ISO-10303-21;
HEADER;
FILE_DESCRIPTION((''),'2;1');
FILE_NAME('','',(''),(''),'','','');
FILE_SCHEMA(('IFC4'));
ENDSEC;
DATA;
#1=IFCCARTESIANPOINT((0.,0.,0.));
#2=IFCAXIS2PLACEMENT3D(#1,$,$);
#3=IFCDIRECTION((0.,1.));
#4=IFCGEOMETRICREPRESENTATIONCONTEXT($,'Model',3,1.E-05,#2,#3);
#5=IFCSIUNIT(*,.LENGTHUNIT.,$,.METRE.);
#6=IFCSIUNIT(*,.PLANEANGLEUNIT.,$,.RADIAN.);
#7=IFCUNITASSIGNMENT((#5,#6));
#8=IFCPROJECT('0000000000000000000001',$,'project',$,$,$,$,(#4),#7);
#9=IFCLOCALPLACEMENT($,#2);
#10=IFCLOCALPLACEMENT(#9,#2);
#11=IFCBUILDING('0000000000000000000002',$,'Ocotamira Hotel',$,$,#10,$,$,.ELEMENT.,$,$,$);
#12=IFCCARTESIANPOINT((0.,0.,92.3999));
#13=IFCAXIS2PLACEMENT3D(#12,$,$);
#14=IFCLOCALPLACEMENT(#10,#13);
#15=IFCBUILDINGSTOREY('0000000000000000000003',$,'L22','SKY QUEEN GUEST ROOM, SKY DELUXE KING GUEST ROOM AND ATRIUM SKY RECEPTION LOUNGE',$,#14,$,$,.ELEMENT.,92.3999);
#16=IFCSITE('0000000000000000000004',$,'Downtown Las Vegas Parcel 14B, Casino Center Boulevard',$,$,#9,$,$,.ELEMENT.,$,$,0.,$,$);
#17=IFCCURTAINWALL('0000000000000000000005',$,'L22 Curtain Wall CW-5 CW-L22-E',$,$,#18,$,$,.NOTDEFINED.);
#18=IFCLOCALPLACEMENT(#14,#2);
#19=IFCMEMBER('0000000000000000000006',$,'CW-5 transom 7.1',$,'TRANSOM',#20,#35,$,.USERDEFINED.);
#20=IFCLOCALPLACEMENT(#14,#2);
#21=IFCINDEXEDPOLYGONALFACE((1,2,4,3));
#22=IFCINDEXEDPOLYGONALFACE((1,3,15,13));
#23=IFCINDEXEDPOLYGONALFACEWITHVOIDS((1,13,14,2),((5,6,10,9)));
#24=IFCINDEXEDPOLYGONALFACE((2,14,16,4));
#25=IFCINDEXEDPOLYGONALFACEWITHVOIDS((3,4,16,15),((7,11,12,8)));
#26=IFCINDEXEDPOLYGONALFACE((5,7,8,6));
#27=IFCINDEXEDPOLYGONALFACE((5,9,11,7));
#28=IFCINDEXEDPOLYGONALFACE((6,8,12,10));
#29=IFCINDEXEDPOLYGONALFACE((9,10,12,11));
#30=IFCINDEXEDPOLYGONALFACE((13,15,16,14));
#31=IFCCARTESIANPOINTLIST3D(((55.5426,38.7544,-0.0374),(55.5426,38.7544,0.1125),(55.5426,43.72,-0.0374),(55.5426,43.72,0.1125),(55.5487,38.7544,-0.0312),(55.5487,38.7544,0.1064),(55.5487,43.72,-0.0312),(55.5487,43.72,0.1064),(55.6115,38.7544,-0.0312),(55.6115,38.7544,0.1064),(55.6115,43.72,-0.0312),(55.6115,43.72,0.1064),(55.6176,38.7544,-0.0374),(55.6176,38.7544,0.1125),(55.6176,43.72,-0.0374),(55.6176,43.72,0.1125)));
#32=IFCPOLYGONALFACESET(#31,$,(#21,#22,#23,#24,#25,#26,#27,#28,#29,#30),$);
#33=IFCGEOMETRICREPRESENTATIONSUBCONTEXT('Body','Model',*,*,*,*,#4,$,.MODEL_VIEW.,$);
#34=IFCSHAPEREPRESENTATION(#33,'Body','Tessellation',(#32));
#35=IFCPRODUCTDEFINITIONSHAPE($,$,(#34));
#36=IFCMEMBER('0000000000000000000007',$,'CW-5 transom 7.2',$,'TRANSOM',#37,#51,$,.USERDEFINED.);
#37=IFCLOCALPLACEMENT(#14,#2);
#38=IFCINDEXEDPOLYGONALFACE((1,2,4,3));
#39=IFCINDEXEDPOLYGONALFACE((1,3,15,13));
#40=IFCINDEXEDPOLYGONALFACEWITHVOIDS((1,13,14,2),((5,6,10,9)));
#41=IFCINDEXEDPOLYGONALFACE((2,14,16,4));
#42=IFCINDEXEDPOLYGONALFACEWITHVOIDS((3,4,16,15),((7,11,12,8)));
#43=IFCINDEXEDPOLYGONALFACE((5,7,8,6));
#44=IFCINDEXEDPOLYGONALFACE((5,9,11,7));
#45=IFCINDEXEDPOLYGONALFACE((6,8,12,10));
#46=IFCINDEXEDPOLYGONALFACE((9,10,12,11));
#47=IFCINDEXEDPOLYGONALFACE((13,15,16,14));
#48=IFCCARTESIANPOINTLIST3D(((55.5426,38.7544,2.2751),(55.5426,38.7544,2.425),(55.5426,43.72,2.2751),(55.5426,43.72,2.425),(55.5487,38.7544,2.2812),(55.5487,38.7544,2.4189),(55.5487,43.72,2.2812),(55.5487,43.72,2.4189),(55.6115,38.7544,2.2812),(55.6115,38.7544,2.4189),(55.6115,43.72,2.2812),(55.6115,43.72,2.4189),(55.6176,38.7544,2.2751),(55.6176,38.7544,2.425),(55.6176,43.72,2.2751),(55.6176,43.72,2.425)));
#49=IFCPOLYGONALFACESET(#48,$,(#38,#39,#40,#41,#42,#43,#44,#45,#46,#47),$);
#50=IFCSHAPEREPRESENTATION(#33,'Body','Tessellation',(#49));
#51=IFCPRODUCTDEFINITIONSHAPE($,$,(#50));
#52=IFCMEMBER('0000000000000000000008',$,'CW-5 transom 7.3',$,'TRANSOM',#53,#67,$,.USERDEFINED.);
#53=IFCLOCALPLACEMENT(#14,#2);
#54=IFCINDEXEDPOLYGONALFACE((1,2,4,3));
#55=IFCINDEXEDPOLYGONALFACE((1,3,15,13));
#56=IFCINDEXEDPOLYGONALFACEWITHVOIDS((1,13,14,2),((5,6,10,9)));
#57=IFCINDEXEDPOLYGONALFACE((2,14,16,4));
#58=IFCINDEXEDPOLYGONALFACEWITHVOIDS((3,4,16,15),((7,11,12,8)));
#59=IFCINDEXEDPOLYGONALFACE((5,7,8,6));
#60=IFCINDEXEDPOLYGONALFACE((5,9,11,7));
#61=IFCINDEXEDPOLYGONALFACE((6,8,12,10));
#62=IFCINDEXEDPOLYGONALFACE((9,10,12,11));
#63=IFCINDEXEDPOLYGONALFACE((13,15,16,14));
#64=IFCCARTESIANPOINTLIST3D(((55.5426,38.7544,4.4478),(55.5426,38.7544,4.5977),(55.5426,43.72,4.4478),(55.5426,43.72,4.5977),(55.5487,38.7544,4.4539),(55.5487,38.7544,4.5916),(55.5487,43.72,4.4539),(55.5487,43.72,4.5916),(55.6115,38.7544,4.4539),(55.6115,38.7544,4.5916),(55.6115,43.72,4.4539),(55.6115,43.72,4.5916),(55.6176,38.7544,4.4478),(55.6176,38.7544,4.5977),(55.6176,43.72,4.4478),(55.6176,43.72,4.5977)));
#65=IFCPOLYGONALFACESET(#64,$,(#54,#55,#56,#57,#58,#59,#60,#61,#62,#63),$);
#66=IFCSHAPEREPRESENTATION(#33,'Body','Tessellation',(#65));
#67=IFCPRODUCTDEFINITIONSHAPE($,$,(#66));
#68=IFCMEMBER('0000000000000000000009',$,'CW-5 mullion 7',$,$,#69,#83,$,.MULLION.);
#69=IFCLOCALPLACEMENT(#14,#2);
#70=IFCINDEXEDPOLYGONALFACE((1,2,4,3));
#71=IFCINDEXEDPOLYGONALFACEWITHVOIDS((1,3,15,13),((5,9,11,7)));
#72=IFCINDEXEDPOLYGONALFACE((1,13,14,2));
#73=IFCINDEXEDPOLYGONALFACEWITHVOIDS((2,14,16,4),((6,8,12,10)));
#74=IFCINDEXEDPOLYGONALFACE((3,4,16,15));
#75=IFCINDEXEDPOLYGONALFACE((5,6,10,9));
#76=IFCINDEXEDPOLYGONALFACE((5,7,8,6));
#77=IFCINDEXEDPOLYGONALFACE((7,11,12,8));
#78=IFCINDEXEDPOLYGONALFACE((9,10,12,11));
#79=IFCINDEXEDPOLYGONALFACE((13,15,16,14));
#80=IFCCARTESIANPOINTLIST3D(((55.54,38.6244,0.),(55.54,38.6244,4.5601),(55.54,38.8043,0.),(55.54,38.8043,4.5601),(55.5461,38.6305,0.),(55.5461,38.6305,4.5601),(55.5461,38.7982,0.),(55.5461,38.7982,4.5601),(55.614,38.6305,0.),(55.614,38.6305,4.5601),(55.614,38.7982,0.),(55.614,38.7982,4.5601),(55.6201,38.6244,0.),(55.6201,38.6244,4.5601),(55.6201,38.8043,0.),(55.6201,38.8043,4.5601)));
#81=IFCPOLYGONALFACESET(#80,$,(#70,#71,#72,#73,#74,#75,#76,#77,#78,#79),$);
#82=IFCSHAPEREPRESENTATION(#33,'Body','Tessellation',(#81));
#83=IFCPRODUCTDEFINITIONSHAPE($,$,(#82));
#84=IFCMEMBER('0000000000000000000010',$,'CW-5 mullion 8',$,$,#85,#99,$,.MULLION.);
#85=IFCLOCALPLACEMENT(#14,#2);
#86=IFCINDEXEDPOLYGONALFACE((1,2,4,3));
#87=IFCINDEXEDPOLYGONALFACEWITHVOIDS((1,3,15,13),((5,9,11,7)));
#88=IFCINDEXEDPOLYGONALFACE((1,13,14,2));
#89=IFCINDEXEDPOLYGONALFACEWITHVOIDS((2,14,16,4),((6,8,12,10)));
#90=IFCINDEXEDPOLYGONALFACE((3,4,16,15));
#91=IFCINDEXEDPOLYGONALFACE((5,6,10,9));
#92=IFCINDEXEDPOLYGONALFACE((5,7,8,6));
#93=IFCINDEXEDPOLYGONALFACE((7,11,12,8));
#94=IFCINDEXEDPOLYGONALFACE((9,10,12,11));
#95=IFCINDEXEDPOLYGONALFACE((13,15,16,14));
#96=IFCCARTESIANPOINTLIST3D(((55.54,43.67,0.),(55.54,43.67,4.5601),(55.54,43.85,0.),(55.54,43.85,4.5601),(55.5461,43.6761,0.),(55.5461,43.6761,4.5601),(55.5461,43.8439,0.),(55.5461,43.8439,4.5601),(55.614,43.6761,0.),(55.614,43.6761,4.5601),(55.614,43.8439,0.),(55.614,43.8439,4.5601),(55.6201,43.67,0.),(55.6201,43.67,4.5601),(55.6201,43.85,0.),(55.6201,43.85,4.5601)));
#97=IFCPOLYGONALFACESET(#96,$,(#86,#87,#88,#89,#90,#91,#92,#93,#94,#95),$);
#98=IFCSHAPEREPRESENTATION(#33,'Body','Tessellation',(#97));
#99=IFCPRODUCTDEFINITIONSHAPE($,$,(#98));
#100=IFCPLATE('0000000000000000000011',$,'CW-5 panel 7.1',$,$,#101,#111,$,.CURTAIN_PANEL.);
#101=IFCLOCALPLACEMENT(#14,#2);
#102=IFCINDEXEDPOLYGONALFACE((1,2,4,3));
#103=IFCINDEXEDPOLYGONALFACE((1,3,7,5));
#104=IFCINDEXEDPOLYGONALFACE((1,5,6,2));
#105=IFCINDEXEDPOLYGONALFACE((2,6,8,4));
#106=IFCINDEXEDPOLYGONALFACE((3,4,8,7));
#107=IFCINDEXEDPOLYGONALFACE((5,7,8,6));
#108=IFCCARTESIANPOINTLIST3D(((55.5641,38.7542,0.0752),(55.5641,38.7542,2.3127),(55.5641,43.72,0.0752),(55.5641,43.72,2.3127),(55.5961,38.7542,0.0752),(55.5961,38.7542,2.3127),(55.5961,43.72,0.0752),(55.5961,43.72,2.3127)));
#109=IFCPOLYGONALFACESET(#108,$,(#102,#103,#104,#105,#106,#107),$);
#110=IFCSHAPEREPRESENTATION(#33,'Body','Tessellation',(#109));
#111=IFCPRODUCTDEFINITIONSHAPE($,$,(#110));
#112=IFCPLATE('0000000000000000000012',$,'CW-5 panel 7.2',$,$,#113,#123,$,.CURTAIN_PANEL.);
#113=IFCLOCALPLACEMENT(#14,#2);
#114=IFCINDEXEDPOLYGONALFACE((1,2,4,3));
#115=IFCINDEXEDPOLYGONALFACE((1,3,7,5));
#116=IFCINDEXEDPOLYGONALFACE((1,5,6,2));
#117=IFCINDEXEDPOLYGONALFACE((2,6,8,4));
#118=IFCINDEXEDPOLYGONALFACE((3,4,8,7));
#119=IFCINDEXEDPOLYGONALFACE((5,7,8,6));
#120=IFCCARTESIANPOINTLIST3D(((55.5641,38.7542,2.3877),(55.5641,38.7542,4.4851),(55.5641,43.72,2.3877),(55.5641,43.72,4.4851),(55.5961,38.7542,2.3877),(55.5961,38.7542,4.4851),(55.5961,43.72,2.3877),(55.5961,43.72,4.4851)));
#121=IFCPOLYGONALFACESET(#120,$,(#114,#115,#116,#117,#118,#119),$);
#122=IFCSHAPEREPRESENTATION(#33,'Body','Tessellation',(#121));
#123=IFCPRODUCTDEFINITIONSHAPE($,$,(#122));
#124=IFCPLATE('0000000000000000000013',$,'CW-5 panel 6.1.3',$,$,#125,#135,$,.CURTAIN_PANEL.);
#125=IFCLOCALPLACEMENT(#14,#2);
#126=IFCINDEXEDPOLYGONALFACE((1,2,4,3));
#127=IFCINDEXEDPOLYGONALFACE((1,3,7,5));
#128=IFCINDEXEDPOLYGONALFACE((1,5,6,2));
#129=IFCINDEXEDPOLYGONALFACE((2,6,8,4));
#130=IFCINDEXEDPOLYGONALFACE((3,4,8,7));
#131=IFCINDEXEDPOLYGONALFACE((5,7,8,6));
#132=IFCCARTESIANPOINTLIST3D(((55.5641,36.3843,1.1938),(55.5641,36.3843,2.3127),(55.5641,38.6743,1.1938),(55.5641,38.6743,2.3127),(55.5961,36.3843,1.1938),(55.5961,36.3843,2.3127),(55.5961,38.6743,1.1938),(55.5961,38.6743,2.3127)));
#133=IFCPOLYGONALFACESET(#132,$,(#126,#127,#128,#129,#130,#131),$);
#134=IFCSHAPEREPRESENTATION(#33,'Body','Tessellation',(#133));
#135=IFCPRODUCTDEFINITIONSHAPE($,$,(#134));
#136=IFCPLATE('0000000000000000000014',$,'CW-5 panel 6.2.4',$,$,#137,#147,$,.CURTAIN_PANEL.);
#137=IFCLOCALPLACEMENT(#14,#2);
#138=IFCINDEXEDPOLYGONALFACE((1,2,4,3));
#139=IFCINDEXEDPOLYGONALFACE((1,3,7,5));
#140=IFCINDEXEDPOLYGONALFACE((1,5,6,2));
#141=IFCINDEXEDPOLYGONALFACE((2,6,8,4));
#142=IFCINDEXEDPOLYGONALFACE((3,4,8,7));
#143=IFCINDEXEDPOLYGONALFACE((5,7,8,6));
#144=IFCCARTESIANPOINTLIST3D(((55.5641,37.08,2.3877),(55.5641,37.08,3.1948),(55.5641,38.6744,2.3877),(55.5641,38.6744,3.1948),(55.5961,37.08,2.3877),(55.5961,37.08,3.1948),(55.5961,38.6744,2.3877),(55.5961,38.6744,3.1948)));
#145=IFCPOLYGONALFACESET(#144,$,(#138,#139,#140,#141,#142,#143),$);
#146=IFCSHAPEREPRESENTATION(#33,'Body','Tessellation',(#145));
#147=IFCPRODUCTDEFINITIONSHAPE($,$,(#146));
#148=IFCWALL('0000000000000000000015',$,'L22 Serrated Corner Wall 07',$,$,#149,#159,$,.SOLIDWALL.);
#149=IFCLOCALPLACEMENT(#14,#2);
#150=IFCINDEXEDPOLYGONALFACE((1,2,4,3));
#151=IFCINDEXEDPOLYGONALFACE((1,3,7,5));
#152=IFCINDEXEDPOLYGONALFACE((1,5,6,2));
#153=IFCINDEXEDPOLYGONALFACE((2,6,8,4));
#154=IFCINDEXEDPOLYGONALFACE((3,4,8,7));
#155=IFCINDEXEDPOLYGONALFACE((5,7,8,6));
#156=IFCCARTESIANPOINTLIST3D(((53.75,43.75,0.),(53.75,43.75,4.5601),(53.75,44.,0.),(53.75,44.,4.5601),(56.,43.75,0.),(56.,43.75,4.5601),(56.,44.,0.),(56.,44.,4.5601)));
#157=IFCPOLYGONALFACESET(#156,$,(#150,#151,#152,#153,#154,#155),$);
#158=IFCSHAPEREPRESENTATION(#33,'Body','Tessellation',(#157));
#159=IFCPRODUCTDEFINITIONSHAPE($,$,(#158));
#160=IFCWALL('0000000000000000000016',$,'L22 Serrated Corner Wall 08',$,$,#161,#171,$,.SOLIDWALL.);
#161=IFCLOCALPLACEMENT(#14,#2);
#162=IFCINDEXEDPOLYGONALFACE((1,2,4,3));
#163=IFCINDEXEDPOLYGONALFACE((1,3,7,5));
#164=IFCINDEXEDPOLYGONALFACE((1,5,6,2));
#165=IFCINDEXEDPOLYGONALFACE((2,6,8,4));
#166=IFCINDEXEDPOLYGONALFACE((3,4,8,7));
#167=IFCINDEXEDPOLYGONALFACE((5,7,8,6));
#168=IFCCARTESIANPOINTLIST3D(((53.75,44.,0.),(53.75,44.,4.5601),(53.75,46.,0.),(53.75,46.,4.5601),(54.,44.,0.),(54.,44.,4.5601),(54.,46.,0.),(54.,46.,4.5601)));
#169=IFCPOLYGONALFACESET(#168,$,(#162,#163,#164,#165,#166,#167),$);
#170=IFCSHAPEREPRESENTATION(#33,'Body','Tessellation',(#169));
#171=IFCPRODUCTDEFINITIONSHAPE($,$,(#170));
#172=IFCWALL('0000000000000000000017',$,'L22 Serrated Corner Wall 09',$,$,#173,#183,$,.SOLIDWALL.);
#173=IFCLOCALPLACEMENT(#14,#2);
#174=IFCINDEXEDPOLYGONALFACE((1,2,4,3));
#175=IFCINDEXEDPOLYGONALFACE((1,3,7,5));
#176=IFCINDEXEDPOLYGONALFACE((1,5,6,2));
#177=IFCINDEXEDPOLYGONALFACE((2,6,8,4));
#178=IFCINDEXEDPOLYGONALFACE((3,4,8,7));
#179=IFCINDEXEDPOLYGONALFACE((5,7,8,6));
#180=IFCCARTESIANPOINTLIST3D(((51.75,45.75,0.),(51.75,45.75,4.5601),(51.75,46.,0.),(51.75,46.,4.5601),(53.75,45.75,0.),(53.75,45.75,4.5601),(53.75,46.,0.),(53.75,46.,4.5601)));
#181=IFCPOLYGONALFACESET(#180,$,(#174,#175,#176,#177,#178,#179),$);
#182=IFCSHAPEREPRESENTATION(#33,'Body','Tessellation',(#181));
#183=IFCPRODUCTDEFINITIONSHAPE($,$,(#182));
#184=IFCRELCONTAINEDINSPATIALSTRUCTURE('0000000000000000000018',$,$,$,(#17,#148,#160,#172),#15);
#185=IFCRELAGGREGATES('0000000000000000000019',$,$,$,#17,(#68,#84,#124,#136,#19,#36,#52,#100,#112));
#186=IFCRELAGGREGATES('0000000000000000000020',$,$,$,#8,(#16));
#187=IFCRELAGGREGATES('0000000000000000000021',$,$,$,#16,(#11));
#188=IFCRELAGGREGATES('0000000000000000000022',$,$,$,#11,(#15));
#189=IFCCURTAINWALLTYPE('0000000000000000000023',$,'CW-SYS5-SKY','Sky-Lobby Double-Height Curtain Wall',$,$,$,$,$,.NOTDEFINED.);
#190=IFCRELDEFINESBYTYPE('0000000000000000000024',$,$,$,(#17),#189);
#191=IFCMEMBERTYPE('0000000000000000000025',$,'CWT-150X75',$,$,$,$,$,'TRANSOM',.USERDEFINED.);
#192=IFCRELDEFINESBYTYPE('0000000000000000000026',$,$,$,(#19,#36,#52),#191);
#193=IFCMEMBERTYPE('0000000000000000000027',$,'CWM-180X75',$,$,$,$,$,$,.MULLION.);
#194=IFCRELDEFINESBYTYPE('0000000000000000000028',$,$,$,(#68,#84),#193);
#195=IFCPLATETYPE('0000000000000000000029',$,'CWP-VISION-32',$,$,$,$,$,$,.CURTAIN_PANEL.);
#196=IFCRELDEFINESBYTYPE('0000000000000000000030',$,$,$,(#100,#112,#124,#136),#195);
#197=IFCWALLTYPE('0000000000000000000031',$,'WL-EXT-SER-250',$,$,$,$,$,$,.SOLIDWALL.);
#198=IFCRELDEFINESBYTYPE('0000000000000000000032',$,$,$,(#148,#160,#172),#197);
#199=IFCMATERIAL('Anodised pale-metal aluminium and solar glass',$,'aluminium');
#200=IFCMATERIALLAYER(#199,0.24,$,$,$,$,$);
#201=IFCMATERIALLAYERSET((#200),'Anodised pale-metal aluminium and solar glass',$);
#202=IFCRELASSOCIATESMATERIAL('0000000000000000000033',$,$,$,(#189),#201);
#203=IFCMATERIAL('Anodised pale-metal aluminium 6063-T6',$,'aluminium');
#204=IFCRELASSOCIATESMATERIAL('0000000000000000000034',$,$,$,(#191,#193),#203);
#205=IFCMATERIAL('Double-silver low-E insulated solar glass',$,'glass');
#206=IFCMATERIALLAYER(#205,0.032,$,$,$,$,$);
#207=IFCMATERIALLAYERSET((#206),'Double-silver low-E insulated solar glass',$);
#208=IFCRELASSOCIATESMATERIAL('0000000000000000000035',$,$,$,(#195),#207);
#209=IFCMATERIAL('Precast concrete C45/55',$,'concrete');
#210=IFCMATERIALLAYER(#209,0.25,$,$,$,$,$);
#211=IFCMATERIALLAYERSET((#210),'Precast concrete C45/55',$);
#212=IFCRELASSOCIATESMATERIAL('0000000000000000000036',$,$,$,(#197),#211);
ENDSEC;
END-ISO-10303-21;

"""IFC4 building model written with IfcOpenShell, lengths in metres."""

from ifc_helpers import new_model, si_unit, direction, frame, frame_2d, origin, origin_2d, place, context, subcontext, project, spatial, rectangle, hollow_rectangle, extrude, source, transform, mapped, material, layer, layer_set, material_profile, profile_set, type_object, element, aggregate, save


model = new_model("IFC4")

# Units and contexts
model_context = context("Model", 3, precision=1e-05, world=origin(), true_north=direction((0.0, 1.0)))
body_context = subcontext(model_context, "Body", "Model", "MODEL_VIEW")
ifc_project = project(units=[si_unit("LENGTHUNIT", "METRE"), si_unit("PLANEANGLEUNIT", "RADIAN")], contexts=[model_context])

# Site, building, storey
site_placement = place(None, origin())
site = spatial("IfcSite", under=ifc_project, at=site_placement, Name="Downtown Las Vegas Parcel 14B, Casino Center Boulevard", CompositionType="ELEMENT", RefElevation=0.0)
building_placement = place(site_placement, origin())
building = spatial("IfcBuilding", under=site, at=building_placement, Name="Ocotamira Hotel", CompositionType="ELEMENT")
storey_placement = place(building_placement, frame((0.0, 0.0, 92.3999)))
storey = spatial("IfcBuildingStorey", under=building, at=storey_placement, Name="L22", Description="SKY QUEEN GUEST ROOM, SKY DELUXE KING GUEST ROOM AND ATRIUM SKY RECEPTION LOUNGE", CompositionType="ELEMENT", Elevation=92.3999)

# Curtain wall, members, plates
ifc_material_1 = material(Name="Anodised pale-metal aluminium and solar glass", Category="aluminium")
ifc_layer_1 = layer(ifc_material_1, 0.24)
ifc_layer_set_1 = layer_set([ifc_layer_1], Name="Anodised pale-metal aluminium and solar glass")
curtain_wall_type = type_object("IfcCurtainWallType", Name="CW-SYS5-SKY", Description="Sky-Lobby Double-Height Curtain Wall", PredefinedType="NOTDEFINED", material=ifc_layer_set_1)
curtain_wall_placement = place(storey_placement, origin())
curtain_wall = element("IfcCurtainWall", 1, at=curtain_wall_placement, inside=storey, type_object=curtain_wall_type, Name="L22 Curtain Wall CW-5 CW-L22-E", PredefinedType="NOTDEFINED")
ifc_material_2 = material(Name="Anodised pale-metal aluminium 6063-T6", Category="aluminium")
ifc_material_profile_1 = material_profile(ifc_material_2, hollow_rectangle(XDim=0.075, YDim=0.1499, WallThickness=0.0061, at=origin_2d()), Name="HSS150X75X6")
ifc_profile_set_1 = profile_set([ifc_material_profile_1], Name="Anodised pale-metal aluminium 6063-T6")
member_type_1 = type_object("IfcMemberType", Name="CWT-150X75", ElementType="TRANSOM", PredefinedType="USERDEFINED", material=ifc_profile_set_1)
shared_shape_1 = source(origin(), body_context, "Body", "SweptSolid", [
    extrude(hollow_rectangle(XDim=0.075, YDim=0.1499, WallThickness=0.0061, at=origin_2d()), origin(), (0.0, 0.0, 1.0), 4.9656),
])
member_1_placement = place(storey_placement, frame((55.5801, 38.7544, 0.0376), z_axis=(0.0, 1.0, 0.0), x_axis=(-1.0, 0.0, 0.0)))
member_1 = element("IfcMember", 2, at=member_1_placement, type_object=member_type_1, Name="CW-5 transom 7.1", ObjectType="TRANSOM", PredefinedType="USERDEFINED", context=body_context, shape_type="MappedRepresentation", body=[
    mapped(shared_shape_1, transform((0.0, 0.0, 0.0), scale=1.0)),
])
member_2_placement = place(storey_placement, frame((55.5801, 38.7544, 2.3501), z_axis=(0.0, 1.0, 0.0), x_axis=(-1.0, 0.0, 0.0)))
member_2 = element("IfcMember", 3, at=member_2_placement, type_object=member_type_1, Name="CW-5 transom 7.2", ObjectType="TRANSOM", PredefinedType="USERDEFINED", context=body_context, shape_type="MappedRepresentation", body=[
    mapped(shared_shape_1, transform((0.0, 0.0, 0.0), scale=1.0)),
])
member_3_placement = place(storey_placement, frame((55.5801, 38.7544, 4.5227), z_axis=(0.0, 1.0, 0.0), x_axis=(-1.0, 0.0, 0.0)))
member_3 = element("IfcMember", 4, at=member_3_placement, type_object=member_type_1, Name="CW-5 transom 7.3", ObjectType="TRANSOM", PredefinedType="USERDEFINED", context=body_context, shape_type="MappedRepresentation", body=[
    mapped(shared_shape_1, transform((0.0, 0.0, 0.0), scale=1.0)),
])
ifc_material_profile_2 = material_profile(ifc_material_2, hollow_rectangle(XDim=0.0801, YDim=0.1799, WallThickness=0.0061, at=origin_2d()), Name="HSS180X80X6")
ifc_profile_set_2 = profile_set([ifc_material_profile_2], Name="Anodised pale-metal aluminium 6063-T6")
member_type_2 = type_object("IfcMemberType", Name="CWM-180X75", PredefinedType="MULLION", material=ifc_profile_set_2)
shared_shape_2 = source(origin(), body_context, "Body", "SweptSolid", [
    extrude(hollow_rectangle(XDim=0.0801, YDim=0.1799, WallThickness=0.0061, at=origin_2d()), origin(), (0.0, 0.0, 1.0), 4.5601),
])
member_4_placement = place(storey_placement, frame((55.5801, 38.7144, 0.0), z_axis=(0.0, 0.0, 1.0), x_axis=(-1.0, 0.0, 0.0)))
member_4 = element("IfcMember", 5, at=member_4_placement, type_object=member_type_2, Name="CW-5 mullion 7", PredefinedType="MULLION", context=body_context, shape_type="MappedRepresentation", body=[
    mapped(shared_shape_2, transform((0.0, 0.0, 0.0), scale=1.0)),
])
member_5_placement = place(storey_placement, frame((55.5801, 43.76, 0.0), z_axis=(0.0, 0.0, 1.0), x_axis=(-1.0, 0.0, 0.0)))
member_5 = element("IfcMember", 6, at=member_5_placement, type_object=member_type_2, Name="CW-5 mullion 8", PredefinedType="MULLION", context=body_context, shape_type="MappedRepresentation", body=[
    mapped(shared_shape_2, transform((0.0, 0.0, 0.0), scale=1.0)),
])
ifc_material_3 = material(Name="Double-silver low-E insulated solar glass", Category="glass")
ifc_layer_2 = layer(ifc_material_3, 0.032)
ifc_layer_set_2 = layer_set([ifc_layer_2], Name="Double-silver low-E insulated solar glass")
plate_type = type_object("IfcPlateType", Name="CWP-VISION-32", PredefinedType="CURTAIN_PANEL", material=ifc_layer_set_2)
shared_shape_3 = source(origin(), body_context, "Body", "SweptSolid", [
    extrude(rectangle(XDim=4.9658, YDim=0.032, at=origin_2d()), origin(), (0.0, 0.0, 1.0), 2.2375),
])
plate_1_placement = place(storey_placement, frame((55.5801, 41.2371, 0.0752), z_axis=(0.0, 0.0, 1.0), x_axis=(0.0, 1.0, 0.0)))
plate_1 = element("IfcPlate", 7, at=plate_1_placement, type_object=plate_type, Name="CW-5 panel 7.1", PredefinedType="CURTAIN_PANEL", context=body_context, shape_type="MappedRepresentation", body=[
    mapped(shared_shape_3, transform((0.0, 0.0, 0.0), scale=1.0)),
])
shared_shape_4 = source(origin(), body_context, "Body", "SweptSolid", [
    extrude(rectangle(XDim=4.9658, YDim=0.032, at=origin_2d()), origin(), (0.0, 0.0, 1.0), 2.0974),
])
plate_2_placement = place(storey_placement, frame((55.5801, 41.2371, 2.3877), z_axis=(0.0, 0.0, 1.0), x_axis=(0.0, 1.0, 0.0)))
plate_2 = element("IfcPlate", 8, at=plate_2_placement, type_object=plate_type, Name="CW-5 panel 7.2", PredefinedType="CURTAIN_PANEL", context=body_context, shape_type="MappedRepresentation", body=[
    mapped(shared_shape_4, transform((0.0, 0.0, 0.0), scale=1.0)),
])
shared_shape_5 = source(origin(), body_context, "Body", "SweptSolid", [
    extrude(rectangle(XDim=2.29, YDim=0.032, at=origin_2d()), origin(), (0.0, 0.0, 1.0), 1.1189),
])
plate_3_placement = place(storey_placement, frame((55.5801, 37.5293, 1.1938), z_axis=(0.0, 0.0, 1.0), x_axis=(0.0, 1.0, 0.0)))
plate_3 = element("IfcPlate", 9, at=plate_3_placement, type_object=plate_type, Name="CW-5 panel 6.1.3", PredefinedType="CURTAIN_PANEL", context=body_context, shape_type="MappedRepresentation", body=[
    mapped(shared_shape_5, transform((0.0, 0.0, 0.0), scale=1.0)),
])
shared_shape_6 = source(origin(), body_context, "Body", "SweptSolid", [
    extrude(rectangle(XDim=1.5945, YDim=0.032, at=origin_2d()), origin(), (0.0, 0.0, 1.0), 0.8071),
])
plate_4_placement = place(storey_placement, frame((55.5801, 37.8772, 2.3877), z_axis=(0.0, 0.0, 1.0), x_axis=(0.0, 1.0, 0.0)))
plate_4 = element("IfcPlate", 10, at=plate_4_placement, type_object=plate_type, Name="CW-5 panel 6.2.4", PredefinedType="CURTAIN_PANEL", context=body_context, shape_type="MappedRepresentation", body=[
    mapped(shared_shape_6, transform((0.0, 0.0, 0.0), scale=1.0)),
])
aggregate(curtain_wall, [member_4, member_5, plate_3, plate_4, member_1, member_2, member_3, plate_1, plate_2])

# Walls
ifc_material_4 = material(Name="Precast concrete C45/55", Category="concrete")
ifc_layer_3 = layer(ifc_material_4, 0.25)
ifc_layer_set_3 = layer_set([ifc_layer_3], Name="Precast concrete C45/55")
wall_type_1 = type_object("IfcWallType", Name="WL-EXT-SER-250", PredefinedType="SOLIDWALL", material=ifc_layer_set_3)
wall_1_placement = place(storey_placement, frame((56.0, 43.875, 0.0), z_axis=(0.0, 0.0, 1.0), x_axis=(-1.0, 0.0, 0.0)))
element("IfcWall", 11, at=wall_1_placement, inside=storey, type_object=wall_type_1, Name="L22 Serrated Corner Wall 07", PredefinedType="SOLIDWALL", context=body_context, shape_type="SweptSolid", body=[
    extrude(rectangle(XDim=2.25, YDim=0.25, at=frame_2d((1.125, 0.0))), origin(), (0.0, 0.0, 1.0), 4.5601),
])
for number, where, z_axis, x_axis, name in (
    (12, (53.875, 44.0, 0.0), (0.0, 0.0, 1.0), (0.0, 1.0, 0.0), "L22 Serrated Corner Wall 08"),
    (13, (53.75, 45.875, 0.0), (0.0, 0.0, 1.0), (-1.0, 0.0, 0.0), "L22 Serrated Corner Wall 09"),
):
    element("IfcWall", number, at=place(storey_placement, frame(where, z_axis=z_axis, x_axis=x_axis)), inside=storey, type_object=wall_type_1, Name=name, PredefinedType="SOLIDWALL", context=body_context, shape_type="SweptSolid", body=[
        extrude(rectangle(XDim=2.0, YDim=0.25, at=frame_2d((1.0, 0.0))), origin(), (0.0, 0.0, 1.0), 4.5601),
    ])

save(model, "model.ifc")
